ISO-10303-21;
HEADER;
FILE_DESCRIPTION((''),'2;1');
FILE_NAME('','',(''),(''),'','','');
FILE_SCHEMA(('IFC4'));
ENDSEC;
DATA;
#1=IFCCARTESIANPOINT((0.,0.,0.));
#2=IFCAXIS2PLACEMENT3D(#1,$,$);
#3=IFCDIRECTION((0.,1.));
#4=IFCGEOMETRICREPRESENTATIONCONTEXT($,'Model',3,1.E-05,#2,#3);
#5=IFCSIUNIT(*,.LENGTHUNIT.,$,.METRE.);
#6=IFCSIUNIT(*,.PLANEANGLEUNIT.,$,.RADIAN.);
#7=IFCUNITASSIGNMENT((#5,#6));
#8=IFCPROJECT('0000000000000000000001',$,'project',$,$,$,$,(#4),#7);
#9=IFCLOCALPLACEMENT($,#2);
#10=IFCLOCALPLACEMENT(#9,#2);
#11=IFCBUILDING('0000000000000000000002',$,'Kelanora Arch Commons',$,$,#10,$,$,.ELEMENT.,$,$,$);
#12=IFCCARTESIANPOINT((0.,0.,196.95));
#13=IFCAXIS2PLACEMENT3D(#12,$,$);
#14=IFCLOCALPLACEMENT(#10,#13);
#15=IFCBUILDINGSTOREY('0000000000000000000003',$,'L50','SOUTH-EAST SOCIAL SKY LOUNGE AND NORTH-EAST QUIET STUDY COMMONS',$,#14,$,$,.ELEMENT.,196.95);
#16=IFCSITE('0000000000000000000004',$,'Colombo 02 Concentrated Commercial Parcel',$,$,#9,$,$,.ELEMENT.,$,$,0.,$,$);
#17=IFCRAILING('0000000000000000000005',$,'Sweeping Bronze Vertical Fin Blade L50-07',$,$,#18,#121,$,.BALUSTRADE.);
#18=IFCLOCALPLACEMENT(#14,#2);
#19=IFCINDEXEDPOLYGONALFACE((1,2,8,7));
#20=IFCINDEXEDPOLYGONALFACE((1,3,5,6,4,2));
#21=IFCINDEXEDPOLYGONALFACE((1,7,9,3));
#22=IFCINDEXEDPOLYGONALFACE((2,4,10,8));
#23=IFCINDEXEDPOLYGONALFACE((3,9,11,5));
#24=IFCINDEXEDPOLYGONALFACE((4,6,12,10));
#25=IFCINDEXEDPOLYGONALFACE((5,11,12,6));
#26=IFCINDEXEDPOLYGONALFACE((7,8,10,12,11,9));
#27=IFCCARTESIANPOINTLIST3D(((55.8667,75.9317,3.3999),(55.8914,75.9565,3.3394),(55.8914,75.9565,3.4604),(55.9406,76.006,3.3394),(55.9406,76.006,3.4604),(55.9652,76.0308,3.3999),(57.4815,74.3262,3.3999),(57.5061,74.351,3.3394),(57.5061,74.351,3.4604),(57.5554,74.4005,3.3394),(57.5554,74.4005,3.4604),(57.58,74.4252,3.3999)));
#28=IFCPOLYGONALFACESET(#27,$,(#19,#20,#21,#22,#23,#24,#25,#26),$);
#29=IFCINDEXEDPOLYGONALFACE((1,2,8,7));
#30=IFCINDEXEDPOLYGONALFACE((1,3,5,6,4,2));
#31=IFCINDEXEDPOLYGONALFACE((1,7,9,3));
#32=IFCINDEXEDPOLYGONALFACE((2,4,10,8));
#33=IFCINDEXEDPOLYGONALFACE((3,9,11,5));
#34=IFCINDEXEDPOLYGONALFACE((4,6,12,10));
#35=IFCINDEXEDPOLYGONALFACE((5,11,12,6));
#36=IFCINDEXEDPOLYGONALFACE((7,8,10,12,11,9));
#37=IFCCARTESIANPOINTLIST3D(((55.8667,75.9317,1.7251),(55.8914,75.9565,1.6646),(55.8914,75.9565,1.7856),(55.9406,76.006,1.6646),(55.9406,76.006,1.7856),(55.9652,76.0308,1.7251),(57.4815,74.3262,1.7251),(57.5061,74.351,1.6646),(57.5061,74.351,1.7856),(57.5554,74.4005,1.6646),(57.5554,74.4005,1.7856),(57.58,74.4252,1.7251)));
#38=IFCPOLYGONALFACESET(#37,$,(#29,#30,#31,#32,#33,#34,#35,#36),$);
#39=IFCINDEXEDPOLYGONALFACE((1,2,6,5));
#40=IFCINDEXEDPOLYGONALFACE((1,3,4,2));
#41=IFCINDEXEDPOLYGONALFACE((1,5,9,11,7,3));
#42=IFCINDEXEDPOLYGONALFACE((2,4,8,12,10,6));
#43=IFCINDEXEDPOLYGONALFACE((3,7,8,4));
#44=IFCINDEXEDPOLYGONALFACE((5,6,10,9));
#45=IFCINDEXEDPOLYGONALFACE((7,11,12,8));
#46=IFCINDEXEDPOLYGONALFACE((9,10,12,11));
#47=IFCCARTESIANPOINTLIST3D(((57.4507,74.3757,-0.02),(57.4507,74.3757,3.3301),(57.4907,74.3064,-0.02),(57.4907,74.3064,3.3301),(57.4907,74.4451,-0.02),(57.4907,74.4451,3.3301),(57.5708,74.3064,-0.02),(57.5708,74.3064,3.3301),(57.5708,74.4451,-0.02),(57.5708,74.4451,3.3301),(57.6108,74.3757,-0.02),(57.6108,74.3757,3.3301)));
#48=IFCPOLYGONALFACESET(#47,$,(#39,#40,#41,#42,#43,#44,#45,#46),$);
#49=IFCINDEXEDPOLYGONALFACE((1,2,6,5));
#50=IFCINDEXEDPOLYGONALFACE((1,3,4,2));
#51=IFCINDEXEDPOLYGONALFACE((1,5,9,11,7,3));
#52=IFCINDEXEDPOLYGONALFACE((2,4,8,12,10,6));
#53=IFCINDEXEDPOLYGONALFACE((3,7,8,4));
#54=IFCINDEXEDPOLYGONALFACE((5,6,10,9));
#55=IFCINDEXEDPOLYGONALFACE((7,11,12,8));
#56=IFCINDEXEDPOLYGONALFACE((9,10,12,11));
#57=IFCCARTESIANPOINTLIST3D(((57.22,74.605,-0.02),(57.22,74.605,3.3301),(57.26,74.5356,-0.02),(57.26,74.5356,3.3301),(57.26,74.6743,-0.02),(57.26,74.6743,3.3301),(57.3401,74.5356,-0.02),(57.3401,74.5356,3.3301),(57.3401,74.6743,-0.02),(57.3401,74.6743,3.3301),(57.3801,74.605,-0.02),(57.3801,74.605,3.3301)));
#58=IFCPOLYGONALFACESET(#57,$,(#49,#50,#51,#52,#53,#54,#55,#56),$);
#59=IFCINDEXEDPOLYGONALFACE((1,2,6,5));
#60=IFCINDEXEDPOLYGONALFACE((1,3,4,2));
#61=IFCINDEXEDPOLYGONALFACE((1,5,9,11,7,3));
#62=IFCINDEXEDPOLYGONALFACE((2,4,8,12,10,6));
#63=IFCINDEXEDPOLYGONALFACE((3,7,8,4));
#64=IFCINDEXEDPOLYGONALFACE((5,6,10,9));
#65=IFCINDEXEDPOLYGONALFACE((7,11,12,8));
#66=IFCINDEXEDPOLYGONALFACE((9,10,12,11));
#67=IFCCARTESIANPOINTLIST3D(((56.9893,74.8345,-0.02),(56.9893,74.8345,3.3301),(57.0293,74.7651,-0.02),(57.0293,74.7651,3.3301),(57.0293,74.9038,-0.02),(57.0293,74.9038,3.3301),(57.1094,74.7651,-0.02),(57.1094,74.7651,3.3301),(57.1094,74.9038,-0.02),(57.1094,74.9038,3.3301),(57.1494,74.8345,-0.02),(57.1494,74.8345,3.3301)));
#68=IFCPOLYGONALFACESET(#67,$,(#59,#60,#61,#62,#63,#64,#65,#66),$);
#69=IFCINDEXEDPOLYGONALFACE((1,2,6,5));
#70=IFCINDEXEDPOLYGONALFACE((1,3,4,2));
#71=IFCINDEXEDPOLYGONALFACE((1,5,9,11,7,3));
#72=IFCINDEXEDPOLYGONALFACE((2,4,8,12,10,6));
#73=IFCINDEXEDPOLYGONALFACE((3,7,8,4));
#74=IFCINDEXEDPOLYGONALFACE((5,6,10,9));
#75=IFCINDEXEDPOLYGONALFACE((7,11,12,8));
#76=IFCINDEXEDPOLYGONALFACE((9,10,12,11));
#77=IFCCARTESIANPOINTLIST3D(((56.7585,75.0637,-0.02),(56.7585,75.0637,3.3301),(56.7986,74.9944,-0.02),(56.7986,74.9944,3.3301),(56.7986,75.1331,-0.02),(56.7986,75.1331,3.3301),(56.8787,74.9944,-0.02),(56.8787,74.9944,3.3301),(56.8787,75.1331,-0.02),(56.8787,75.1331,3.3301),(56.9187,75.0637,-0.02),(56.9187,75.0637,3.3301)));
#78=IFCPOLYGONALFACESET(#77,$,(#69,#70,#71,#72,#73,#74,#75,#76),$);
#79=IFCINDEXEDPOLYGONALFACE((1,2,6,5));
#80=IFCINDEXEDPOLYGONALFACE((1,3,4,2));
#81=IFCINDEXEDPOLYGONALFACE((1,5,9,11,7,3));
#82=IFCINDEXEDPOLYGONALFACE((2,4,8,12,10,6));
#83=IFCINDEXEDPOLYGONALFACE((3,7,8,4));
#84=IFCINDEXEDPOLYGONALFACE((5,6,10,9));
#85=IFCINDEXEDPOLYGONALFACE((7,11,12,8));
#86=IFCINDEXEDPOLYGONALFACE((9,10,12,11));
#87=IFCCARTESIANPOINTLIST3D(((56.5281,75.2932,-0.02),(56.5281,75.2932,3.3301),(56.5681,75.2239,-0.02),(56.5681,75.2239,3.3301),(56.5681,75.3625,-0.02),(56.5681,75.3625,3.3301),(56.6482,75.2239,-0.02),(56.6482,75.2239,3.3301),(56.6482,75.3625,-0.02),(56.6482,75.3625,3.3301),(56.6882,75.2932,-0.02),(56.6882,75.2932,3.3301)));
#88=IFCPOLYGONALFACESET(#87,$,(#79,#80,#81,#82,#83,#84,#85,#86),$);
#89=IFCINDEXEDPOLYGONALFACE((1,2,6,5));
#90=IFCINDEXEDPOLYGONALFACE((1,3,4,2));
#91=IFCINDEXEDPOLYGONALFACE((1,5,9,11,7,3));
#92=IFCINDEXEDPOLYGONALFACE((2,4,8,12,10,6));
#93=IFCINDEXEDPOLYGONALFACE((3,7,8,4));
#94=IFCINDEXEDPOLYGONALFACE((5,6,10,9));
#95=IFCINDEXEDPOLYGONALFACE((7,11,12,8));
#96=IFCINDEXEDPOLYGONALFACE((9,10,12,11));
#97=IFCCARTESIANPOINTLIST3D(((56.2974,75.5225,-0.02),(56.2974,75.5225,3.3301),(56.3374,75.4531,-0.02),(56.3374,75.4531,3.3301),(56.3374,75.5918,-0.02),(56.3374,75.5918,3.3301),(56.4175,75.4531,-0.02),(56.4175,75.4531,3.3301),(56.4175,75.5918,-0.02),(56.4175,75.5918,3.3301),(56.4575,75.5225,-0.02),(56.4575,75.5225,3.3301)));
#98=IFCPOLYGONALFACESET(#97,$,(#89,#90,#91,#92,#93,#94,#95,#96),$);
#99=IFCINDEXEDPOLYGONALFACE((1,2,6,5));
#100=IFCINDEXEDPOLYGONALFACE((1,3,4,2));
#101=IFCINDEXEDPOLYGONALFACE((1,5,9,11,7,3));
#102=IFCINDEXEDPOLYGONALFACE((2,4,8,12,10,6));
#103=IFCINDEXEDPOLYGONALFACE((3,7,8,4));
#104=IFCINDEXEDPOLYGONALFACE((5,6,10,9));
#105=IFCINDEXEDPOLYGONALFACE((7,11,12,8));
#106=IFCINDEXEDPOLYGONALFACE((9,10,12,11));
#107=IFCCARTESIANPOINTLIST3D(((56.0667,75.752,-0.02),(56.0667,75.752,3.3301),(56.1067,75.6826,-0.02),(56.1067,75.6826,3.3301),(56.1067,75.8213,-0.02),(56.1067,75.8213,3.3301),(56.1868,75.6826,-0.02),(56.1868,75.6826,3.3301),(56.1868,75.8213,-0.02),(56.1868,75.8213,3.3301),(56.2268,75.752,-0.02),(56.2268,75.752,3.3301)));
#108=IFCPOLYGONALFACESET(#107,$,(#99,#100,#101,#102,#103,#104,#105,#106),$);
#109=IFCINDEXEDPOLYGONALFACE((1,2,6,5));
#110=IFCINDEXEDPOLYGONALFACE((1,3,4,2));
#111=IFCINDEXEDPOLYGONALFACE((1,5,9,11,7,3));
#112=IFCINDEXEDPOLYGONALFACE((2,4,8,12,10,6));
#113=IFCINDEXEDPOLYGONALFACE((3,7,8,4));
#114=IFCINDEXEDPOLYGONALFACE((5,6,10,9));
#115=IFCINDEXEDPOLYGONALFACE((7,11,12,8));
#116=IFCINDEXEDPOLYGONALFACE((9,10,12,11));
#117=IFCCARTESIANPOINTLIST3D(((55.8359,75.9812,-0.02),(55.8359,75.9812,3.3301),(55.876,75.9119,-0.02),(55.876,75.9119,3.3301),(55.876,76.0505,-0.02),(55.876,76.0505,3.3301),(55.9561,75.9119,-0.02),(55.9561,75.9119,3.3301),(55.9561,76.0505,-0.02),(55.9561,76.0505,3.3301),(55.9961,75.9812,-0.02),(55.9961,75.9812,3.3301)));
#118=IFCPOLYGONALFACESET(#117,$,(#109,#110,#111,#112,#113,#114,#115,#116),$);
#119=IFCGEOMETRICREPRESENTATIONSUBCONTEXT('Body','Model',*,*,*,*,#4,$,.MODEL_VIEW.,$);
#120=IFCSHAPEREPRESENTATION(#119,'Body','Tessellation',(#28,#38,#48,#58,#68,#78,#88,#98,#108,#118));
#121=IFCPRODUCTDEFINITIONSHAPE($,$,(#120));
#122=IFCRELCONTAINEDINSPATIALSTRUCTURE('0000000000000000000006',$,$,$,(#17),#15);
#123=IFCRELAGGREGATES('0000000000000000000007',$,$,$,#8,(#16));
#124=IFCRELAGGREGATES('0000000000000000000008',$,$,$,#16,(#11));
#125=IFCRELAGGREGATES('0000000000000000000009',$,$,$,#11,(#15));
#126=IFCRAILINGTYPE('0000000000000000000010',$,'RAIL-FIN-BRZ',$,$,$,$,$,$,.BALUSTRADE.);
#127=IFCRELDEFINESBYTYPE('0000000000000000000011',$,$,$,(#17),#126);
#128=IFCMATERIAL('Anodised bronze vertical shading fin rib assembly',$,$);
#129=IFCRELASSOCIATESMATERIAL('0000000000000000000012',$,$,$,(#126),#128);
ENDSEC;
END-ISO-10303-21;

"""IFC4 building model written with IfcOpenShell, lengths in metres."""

from ifc_helpers import new_model, si_unit, direction, frame, origin, place, context, subcontext, project, spatial, polyline, outline, extrude, material, type_object, element, save


model = new_model("IFC4")

# Units and contexts
model_context = context("Model", 3, precision=1e-05, world=origin(), true_north=direction((0.0, 1.0)))
body_context = subcontext(model_context, "Body", "Model", "MODEL_VIEW")
ifc_project = project(units=[si_unit("LENGTHUNIT", "METRE"), si_unit("PLANEANGLEUNIT", "RADIAN")], contexts=[model_context])

# Site, building, storey
site_placement = place(None, origin())
site = spatial("IfcSite", under=ifc_project, at=site_placement, Name="Colombo 02 Concentrated Commercial Parcel", CompositionType="ELEMENT", RefElevation=0.0)
building_placement = place(site_placement, origin())
building = spatial("IfcBuilding", under=site, at=building_placement, Name="Kelanora Arch Commons", CompositionType="ELEMENT")
storey_placement = place(building_placement, frame((0.0, 0.0, 196.95)))
storey = spatial("IfcBuildingStorey", under=building, at=storey_placement, Name="L50", Description="SOUTH-EAST SOCIAL SKY LOUNGE AND NORTH-EAST QUIET STUDY COMMONS", CompositionType="ELEMENT", Elevation=196.95)

# Railing
ifc_material_1 = material(Name="Anodised bronze vertical shading fin rib assembly")
railing_type = type_object("IfcRailingType", Name="RAIL-FIN-BRZ", PredefinedType="BALUSTRADE", material=ifc_material_1)
railing_1_placement = place(storey_placement, frame((57.5308, 74.3757, -0.02)))
element("IfcRailing", 1, at=railing_1_placement, inside=storey, type_object=railing_type, Name="Sweeping Bronze Vertical Fin Blade L50-07", PredefinedType="BALUSTRADE", context=body_context, shape_type="SweptSolid", body=[
    extrude(outline(polyline([(0.0698, 0.0), (0.0349, 0.0605), (-0.0349, 0.0605), (-0.0698, 0.0), (-0.0349, -0.0605), (0.0349, -0.0605), (0.0698, 0.0)])), frame((0.0, 0.0, 3.4199), z_axis=(-0.709141, 0.705067, 0.0), x_axis=(-0.705067, -0.709141, 0.0)), (0.0, 0.0, 1.0), 2.2771),
    extrude(outline(polyline([(0.0698, 0.0), (0.0349, 0.0605), (-0.0349, 0.0605), (-0.0698, 0.0), (-0.0349, -0.0605), (0.0349, -0.0605), (0.0698, 0.0)])), frame((0.0, 0.0, 1.7451), z_axis=(-0.709141, 0.705067, 0.0), x_axis=(-0.705067, -0.709141, 0.0)), (0.0, 0.0, 1.0), 2.2771),
    extrude(outline(polyline([(0.0801, 0.0), (0.04, 0.0693), (-0.04, 0.0693), (-0.0801, 0.0), (-0.04, -0.0693), (0.04, -0.0693), (0.0801, 0.0)])), origin(), (0.0, 0.0, 1.0), 3.3501),
    extrude(outline(polyline([(0.0801, 0.0), (0.04, 0.0693), (-0.04, 0.0693), (-0.0801, 0.0), (-0.04, -0.0693), (0.04, -0.0693), (0.0801, 0.0)])), frame((-0.2307, 0.2292, 0.0)), (0.0, 0.0, 1.0), 3.3501),
    extrude(outline(polyline([(0.0801, 0.0), (0.04, 0.0693), (-0.04, 0.0693), (-0.0801, 0.0), (-0.04, -0.0693), (0.04, -0.0693), (0.0801, 0.0)])), frame((-0.4614, 0.4587, 0.0)), (0.0, 0.0, 1.0), 3.3501),
    extrude(outline(polyline([(0.0801, 0.0), (0.04, 0.0693), (-0.04, 0.0693), (-0.0801, 0.0), (-0.04, -0.0693), (0.04, -0.0693), (0.0801, 0.0)])), frame((-0.6921, 0.688, 0.0)), (0.0, 0.0, 1.0), 3.3501),
    extrude(outline(polyline([(0.0801, 0.0), (0.04, 0.0693), (-0.04, 0.0693), (-0.0801, 0.0), (-0.04, -0.0693), (0.04, -0.0693), (0.0801, 0.0)])), frame((-0.9226, 0.9175, 0.0)), (0.0, 0.0, 1.0), 3.3501),
    extrude(outline(polyline([(0.0801, 0.0), (0.04, 0.0693), (-0.04, 0.0693), (-0.0801, 0.0), (-0.04, -0.0693), (0.04, -0.0693), (0.0801, 0.0)])), frame((-1.1533, 1.1467, 0.0)), (0.0, 0.0, 1.0), 3.3501),
    extrude(outline(polyline([(0.0801, 0.0), (0.04, 0.0693), (-0.04, 0.0693), (-0.0801, 0.0), (-0.04, -0.0693), (0.04, -0.0693), (0.0801, 0.0)])), frame((-1.384, 1.3762, 0.0)), (0.0, 0.0, 1.0), 3.3501),
    extrude(outline(polyline([(0.0801, 0.0), (0.04, 0.0693), (-0.04, 0.0693), (-0.0801, 0.0), (-0.04, -0.0693), (0.04, -0.0693), (0.0801, 0.0)])), frame((-1.6147, 1.6055, 0.0)), (0.0, 0.0, 1.0), 3.3501),
])

save(model, "model.ifc")
